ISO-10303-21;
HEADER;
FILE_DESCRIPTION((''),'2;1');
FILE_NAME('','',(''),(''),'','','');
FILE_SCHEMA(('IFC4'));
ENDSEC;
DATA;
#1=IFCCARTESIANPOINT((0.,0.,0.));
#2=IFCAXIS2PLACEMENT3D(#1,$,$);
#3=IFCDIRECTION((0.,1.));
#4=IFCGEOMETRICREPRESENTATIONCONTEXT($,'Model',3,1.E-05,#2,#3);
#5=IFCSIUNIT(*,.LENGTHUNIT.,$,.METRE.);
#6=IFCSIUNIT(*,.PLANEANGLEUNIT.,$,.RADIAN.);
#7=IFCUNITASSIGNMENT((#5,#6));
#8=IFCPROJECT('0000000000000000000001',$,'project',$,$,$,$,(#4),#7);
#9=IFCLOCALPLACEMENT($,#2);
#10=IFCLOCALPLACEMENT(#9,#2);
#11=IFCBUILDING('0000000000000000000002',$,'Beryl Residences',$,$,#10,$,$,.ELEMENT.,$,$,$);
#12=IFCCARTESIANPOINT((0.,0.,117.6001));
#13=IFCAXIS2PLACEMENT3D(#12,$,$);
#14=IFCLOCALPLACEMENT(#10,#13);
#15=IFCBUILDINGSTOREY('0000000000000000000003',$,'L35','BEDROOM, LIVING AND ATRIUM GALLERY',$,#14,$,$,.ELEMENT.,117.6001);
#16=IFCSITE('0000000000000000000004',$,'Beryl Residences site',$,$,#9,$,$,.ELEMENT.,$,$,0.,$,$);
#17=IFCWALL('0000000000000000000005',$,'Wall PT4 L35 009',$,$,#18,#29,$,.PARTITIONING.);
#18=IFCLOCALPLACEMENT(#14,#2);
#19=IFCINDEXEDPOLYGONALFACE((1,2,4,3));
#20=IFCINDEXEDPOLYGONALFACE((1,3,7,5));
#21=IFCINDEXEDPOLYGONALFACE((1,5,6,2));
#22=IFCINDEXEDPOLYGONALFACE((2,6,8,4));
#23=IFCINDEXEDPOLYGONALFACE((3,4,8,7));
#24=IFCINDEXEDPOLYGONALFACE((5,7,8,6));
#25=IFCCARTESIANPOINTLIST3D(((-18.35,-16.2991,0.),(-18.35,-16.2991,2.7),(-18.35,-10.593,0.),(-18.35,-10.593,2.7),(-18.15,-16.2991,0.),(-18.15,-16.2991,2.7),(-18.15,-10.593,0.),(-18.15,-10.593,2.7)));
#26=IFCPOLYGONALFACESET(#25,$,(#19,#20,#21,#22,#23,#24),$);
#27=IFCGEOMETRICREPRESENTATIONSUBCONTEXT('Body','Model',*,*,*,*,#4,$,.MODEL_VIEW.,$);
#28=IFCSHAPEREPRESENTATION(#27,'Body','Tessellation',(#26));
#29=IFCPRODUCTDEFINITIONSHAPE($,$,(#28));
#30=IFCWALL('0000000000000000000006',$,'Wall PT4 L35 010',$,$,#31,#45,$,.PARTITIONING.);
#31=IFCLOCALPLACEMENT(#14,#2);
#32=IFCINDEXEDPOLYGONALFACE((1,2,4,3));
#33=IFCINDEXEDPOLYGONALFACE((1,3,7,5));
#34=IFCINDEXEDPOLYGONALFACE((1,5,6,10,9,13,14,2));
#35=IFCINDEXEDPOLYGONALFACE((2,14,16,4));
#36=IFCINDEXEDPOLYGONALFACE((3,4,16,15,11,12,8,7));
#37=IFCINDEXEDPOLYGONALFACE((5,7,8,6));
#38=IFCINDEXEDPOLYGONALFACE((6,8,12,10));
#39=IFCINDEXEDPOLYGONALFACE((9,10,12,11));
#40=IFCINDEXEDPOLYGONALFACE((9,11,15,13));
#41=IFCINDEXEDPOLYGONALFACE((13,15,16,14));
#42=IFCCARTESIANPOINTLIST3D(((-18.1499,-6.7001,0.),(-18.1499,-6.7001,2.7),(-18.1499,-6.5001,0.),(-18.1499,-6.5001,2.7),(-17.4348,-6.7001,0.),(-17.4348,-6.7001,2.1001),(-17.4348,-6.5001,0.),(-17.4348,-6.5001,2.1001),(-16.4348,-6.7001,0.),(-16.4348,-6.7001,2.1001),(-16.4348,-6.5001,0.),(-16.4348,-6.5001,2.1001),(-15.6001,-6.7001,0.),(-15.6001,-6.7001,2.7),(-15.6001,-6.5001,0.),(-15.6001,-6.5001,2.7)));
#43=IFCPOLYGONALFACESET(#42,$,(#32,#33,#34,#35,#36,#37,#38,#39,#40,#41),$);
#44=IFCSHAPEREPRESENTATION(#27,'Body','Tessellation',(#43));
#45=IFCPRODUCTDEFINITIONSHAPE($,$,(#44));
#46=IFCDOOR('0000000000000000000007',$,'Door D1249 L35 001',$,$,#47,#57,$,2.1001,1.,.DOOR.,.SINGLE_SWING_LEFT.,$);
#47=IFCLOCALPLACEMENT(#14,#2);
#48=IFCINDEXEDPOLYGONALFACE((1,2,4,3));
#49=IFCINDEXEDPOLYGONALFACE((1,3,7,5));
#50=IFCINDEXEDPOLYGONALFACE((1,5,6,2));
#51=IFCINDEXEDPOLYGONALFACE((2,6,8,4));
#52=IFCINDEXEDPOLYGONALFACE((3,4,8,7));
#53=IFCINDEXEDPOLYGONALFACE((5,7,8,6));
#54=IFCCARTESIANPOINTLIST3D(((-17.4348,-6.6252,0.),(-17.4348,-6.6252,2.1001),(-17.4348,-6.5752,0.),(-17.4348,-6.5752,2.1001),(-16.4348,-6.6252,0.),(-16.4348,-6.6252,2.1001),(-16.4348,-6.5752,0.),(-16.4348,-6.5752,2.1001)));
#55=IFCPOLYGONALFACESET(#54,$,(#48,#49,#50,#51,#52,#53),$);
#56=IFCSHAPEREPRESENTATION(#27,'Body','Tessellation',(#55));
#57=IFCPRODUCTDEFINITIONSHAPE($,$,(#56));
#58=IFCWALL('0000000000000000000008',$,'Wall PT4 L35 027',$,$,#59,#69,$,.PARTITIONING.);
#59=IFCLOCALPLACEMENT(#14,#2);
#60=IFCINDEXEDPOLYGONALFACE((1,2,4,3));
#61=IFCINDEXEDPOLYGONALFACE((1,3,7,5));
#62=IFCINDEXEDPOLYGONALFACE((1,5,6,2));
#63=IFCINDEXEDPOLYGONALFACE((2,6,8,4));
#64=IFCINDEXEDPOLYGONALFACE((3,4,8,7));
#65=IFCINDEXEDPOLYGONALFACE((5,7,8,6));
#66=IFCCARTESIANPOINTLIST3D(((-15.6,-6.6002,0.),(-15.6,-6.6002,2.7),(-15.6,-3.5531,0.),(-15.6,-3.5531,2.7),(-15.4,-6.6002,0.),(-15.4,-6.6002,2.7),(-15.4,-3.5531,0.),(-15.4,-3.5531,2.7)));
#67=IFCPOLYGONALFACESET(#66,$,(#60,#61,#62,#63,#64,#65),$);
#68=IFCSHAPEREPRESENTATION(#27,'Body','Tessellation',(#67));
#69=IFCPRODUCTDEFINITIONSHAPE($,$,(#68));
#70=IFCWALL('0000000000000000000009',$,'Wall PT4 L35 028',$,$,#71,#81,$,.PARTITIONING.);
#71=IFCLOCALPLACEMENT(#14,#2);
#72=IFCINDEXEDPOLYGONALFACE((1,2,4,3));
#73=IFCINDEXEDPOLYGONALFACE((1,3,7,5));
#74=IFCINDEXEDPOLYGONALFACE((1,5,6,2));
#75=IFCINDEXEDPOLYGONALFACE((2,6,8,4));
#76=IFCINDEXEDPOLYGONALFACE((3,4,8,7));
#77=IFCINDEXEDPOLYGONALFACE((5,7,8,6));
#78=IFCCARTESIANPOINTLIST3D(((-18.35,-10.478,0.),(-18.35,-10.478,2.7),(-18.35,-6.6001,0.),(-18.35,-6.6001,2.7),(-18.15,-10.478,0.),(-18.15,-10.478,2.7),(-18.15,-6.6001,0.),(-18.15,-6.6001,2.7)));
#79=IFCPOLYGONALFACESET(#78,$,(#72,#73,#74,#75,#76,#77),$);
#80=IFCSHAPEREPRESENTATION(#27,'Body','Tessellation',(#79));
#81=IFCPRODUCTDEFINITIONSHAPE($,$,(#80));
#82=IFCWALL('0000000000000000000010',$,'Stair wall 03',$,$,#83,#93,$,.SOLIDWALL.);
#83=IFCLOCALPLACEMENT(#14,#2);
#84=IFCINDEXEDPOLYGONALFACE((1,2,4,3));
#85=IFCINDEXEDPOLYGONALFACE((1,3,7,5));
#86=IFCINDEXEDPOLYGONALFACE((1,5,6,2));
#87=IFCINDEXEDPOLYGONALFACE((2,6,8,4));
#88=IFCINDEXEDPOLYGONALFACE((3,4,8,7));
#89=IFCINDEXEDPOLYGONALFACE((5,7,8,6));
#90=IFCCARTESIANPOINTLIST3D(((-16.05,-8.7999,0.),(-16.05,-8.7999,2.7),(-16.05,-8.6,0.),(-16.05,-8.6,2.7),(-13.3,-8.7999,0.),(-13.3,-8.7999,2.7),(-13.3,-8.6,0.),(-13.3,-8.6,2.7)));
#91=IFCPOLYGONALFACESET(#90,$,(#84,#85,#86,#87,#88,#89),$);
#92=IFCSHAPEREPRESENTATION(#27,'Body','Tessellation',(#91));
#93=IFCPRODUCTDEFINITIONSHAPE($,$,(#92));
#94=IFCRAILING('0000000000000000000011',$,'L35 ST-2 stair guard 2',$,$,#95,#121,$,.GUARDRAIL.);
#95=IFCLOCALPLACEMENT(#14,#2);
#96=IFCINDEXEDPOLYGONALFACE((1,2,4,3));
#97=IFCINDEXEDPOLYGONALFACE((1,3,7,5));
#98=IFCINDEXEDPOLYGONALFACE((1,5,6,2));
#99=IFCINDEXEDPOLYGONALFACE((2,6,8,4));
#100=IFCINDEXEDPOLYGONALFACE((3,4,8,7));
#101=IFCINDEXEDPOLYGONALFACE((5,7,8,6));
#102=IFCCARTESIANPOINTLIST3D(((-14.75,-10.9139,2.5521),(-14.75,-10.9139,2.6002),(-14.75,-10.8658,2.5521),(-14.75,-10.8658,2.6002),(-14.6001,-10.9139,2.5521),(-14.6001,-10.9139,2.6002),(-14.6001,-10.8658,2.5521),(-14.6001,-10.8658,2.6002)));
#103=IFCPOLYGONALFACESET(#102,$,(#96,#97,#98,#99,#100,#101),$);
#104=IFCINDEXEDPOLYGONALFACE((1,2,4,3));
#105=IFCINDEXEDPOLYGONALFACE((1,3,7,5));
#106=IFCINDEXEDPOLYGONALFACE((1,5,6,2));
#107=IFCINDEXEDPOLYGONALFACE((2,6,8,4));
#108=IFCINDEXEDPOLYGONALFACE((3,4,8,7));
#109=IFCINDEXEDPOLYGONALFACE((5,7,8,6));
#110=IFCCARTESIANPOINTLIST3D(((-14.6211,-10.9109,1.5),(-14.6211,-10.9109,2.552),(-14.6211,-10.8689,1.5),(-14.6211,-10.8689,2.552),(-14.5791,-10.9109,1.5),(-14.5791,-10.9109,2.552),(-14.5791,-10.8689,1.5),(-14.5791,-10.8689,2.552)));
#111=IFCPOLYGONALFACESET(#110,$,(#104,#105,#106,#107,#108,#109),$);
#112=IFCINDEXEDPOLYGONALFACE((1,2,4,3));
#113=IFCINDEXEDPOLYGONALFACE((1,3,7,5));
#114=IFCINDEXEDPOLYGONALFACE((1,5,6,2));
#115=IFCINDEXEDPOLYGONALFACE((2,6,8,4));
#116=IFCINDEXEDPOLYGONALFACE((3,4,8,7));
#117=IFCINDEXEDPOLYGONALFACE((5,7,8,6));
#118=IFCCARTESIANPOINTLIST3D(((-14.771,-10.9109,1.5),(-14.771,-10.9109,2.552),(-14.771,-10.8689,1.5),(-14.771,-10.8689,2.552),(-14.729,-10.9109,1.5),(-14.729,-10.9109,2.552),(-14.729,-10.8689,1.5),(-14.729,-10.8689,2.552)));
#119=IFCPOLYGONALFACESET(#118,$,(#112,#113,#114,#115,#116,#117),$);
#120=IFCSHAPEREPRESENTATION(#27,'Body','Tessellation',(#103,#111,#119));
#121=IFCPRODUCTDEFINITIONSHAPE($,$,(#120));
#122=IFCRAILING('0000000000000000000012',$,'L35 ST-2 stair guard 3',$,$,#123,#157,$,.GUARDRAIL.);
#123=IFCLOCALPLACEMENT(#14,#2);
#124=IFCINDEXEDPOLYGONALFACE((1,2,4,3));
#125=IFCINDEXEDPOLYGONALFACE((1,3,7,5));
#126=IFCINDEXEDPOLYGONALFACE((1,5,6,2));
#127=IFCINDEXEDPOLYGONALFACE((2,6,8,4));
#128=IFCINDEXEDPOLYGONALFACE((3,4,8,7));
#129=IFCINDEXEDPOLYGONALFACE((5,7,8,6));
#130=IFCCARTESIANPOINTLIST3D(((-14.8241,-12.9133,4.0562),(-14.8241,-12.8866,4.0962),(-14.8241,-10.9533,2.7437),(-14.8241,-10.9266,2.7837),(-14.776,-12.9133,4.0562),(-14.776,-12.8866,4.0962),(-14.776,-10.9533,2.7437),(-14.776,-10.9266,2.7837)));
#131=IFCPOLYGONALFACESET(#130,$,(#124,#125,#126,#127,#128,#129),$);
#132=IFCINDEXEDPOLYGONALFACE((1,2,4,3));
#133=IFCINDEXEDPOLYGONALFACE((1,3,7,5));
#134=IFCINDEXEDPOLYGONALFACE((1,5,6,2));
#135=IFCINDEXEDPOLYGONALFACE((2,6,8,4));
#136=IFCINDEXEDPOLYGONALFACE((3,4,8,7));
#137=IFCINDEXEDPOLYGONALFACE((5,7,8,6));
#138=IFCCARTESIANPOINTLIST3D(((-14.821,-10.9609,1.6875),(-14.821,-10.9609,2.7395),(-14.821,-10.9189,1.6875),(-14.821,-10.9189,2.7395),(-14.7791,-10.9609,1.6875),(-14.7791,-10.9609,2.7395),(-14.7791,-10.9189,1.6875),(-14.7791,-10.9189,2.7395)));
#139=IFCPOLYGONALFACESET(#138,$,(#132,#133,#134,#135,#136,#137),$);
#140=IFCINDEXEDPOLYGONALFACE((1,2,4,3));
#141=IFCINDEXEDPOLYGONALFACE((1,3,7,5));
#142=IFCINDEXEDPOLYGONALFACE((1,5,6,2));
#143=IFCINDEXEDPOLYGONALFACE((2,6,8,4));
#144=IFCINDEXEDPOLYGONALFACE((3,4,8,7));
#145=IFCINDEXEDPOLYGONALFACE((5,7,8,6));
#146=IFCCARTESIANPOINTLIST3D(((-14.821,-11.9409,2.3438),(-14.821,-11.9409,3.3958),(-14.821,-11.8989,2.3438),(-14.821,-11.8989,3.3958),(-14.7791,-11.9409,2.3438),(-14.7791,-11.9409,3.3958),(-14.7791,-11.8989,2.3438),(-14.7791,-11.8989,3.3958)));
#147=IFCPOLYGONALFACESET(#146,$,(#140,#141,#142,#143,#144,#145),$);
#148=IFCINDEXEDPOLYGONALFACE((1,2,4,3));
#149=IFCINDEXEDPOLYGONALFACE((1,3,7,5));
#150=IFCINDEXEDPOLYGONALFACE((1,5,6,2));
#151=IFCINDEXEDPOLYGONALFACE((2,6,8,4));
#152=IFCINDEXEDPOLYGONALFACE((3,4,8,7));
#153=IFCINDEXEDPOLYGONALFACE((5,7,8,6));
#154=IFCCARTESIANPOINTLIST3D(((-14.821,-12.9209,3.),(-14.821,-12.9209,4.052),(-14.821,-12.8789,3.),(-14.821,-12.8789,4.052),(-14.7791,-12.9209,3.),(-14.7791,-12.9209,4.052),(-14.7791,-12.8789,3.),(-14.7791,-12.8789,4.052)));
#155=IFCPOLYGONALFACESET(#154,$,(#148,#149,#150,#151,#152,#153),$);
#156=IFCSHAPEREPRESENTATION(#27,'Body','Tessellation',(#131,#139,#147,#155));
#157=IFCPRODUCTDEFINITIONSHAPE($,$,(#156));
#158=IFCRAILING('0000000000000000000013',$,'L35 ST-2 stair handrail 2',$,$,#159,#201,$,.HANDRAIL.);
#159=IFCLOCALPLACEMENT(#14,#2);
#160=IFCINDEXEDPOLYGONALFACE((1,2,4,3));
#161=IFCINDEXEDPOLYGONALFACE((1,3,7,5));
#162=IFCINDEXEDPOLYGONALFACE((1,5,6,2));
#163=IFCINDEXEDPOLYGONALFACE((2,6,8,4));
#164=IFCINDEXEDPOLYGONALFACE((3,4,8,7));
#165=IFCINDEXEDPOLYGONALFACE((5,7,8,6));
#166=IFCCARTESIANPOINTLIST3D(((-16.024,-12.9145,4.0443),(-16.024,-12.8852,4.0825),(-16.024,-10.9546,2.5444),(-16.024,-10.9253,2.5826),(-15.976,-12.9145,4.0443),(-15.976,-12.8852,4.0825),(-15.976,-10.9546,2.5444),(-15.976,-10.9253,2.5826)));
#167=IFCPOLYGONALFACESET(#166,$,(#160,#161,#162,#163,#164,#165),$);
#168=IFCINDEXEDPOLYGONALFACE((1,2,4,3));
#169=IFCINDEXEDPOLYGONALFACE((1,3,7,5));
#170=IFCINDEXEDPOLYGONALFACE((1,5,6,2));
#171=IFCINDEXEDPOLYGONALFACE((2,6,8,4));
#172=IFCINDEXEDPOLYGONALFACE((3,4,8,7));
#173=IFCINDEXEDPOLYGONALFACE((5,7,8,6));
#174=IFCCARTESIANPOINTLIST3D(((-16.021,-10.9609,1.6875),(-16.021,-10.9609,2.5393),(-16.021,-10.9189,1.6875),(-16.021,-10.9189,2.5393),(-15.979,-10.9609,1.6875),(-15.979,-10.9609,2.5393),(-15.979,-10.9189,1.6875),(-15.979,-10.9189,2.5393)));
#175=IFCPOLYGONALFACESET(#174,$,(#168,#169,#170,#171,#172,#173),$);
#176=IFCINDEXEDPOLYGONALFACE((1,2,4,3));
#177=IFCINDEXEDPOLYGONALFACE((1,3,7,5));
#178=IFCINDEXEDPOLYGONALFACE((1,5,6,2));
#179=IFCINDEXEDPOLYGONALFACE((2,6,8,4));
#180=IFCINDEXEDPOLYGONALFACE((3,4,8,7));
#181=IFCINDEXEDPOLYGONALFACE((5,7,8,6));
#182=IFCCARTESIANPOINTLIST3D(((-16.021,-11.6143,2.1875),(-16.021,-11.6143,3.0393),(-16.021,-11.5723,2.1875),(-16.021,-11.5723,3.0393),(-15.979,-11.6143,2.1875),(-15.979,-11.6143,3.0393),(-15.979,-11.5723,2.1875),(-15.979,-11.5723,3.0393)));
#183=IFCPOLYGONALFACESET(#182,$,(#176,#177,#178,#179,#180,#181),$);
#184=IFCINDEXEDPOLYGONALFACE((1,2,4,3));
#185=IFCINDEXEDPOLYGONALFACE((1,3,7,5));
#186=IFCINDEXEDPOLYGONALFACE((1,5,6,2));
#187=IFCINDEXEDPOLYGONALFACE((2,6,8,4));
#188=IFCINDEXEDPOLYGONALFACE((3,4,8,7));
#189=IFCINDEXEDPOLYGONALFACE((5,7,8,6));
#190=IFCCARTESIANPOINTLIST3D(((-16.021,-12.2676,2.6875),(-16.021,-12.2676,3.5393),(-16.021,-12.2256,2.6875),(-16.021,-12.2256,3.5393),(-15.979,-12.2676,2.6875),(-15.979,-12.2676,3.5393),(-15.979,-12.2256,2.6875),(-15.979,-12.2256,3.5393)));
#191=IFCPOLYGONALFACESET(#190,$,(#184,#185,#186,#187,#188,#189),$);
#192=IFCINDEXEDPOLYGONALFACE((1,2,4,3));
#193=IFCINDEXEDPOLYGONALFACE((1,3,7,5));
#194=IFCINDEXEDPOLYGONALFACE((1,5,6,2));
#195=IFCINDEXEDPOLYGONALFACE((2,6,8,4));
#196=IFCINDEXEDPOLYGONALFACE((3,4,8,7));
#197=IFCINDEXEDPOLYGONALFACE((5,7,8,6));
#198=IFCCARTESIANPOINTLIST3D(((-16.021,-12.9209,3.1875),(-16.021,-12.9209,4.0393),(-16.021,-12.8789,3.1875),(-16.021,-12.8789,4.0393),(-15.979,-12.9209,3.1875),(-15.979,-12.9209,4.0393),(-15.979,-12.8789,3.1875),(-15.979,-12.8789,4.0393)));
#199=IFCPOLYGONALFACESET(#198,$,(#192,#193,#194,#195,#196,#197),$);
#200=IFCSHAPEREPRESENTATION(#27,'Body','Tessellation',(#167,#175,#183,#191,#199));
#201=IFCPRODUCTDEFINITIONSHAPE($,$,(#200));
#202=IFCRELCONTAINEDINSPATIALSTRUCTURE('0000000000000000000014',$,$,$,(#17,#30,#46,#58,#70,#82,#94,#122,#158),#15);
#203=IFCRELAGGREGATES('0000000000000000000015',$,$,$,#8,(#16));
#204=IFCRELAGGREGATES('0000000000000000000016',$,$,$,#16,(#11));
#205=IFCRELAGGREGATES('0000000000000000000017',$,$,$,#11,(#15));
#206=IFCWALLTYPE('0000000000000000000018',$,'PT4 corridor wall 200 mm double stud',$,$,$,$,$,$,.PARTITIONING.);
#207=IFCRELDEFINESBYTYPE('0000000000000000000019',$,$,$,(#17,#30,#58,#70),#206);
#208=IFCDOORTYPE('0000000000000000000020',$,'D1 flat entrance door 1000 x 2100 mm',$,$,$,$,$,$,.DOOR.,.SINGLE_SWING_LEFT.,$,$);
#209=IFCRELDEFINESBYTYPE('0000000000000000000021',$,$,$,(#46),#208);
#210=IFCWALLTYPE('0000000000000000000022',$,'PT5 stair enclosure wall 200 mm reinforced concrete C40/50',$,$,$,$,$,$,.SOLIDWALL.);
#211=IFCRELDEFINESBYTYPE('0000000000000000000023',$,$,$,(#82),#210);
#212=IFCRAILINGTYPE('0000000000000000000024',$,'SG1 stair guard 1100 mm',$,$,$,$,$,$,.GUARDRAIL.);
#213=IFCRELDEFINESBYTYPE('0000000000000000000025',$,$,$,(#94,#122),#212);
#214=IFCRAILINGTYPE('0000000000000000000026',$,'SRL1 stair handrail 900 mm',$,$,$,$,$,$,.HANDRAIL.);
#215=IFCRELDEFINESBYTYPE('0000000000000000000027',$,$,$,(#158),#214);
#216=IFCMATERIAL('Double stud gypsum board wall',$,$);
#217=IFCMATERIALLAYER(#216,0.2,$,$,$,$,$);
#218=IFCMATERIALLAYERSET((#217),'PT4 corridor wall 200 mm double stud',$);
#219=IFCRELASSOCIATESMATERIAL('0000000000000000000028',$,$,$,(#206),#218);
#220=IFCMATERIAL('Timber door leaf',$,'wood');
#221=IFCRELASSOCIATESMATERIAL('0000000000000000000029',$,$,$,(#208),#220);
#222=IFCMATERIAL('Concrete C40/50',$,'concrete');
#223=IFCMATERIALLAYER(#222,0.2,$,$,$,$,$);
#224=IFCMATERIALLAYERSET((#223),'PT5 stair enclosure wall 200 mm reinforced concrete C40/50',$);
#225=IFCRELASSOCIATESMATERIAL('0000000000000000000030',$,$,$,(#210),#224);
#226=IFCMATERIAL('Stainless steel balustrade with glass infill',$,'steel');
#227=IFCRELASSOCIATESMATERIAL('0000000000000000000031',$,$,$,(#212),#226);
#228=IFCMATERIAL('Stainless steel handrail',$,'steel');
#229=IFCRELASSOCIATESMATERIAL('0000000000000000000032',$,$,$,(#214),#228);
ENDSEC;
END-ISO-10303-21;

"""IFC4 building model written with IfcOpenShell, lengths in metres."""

from ifc_helpers import new_model, si_unit, direction, frame, frame_2d, origin, origin_2d, place, context, subcontext, project, spatial, rectangle, extrude, material, layer, layer_set, type_object, element, fill, save


model = new_model("IFC4")

# Units and contexts
model_context = context("Model", 3, precision=1e-05, world=origin(), true_north=direction((0.0, 1.0)))
body_context = subcontext(model_context, "Body", "Model", "MODEL_VIEW")
ifc_project = project(units=[si_unit("LENGTHUNIT", "METRE"), si_unit("PLANEANGLEUNIT", "RADIAN")], contexts=[model_context])

# Site, building, storey
site_placement = place(None, origin())
site = spatial("IfcSite", under=ifc_project, at=site_placement, Name="Beryl Residences site", CompositionType="ELEMENT", RefElevation=0.0)
building_placement = place(site_placement, origin())
building = spatial("IfcBuilding", under=site, at=building_placement, Name="Beryl Residences", CompositionType="ELEMENT")
storey_placement = place(building_placement, frame((0.0, 0.0, 117.6001)))
storey = spatial("IfcBuildingStorey", under=building, at=storey_placement, Name="L35", Description="BEDROOM, LIVING AND ATRIUM GALLERY", CompositionType="ELEMENT", Elevation=117.6001)

# Wall
ifc_material_1 = material(Name="Double stud gypsum board wall")
ifc_layer_1 = layer(ifc_material_1, 0.2)
ifc_layer_set_1 = layer_set([ifc_layer_1], Name="PT4 corridor wall 200 mm double stud")
wall_type_1 = type_object("IfcWallType", Name="PT4 corridor wall 200 mm double stud", PredefinedType="PARTITIONING", material=ifc_layer_set_1)
wall_1_placement = place(storey_placement, frame((-18.25, -10.593, 0.0), z_axis=(0.0, 0.0, 1.0), x_axis=(0.0, -1.0, 0.0)))
element("IfcWall", 1, at=wall_1_placement, inside=storey, type_object=wall_type_1, Name="Wall PT4 L35 009", PredefinedType="PARTITIONING", context=body_context, shape_type="SweptSolid", body=[
    extrude(rectangle(XDim=5.7061, YDim=0.2, at=frame_2d((2.853, 0.0))), origin(), (0.0, 0.0, 1.0), 2.7),
])

# Wall, opening, door
wall_2_placement = place(storey_placement, frame((-18.1499, -6.6001, 0.0), z_axis=(0.0, 0.0, 1.0), x_axis=(1.0, 0.0, 0.0)))
wall_2 = element("IfcWall", 2, at=wall_2_placement, inside=storey, type_object=wall_type_1, Name="Wall PT4 L35 010", PredefinedType="PARTITIONING", context=body_context, shape_type="SweptSolid", body=[
    extrude(rectangle(XDim=2.5498, YDim=0.2, at=frame_2d((1.2749, 0.0))), origin(), (0.0, 0.0, 1.0), 2.7),
])
opening_1_placement = place(wall_2_placement, frame((0.7151, 0.0, 0.0)))
opening_1 = element("IfcOpeningElement", 3, at=opening_1_placement, cuts=wall_2, PredefinedType="OPENING", context=body_context, shape_type="SweptSolid", body=[
    extrude(rectangle(XDim=1.0, YDim=2.1001, at=frame_2d((0.5, 1.05))), frame((0.0, 0.1099, 0.0), z_axis=(0.0, -1.0, 0.0), x_axis=(1.0, 0.0, 0.0)), (0.0, 0.0, 1.0), 0.22),
])
ifc_material_2 = material(Name="Timber door leaf", Category="wood")
door_type_1 = type_object("IfcDoorType", Name="D1 flat entrance door 1000 x 2100 mm", OperationType="SINGLE_SWING_LEFT", PredefinedType="DOOR", material=ifc_material_2)
door_1_placement = place(opening_1_placement, origin())
door_1 = element("IfcDoor", 4, at=door_1_placement, inside=storey, type_object=door_type_1, Name="Door D1249 L35 001", OperationType="SINGLE_SWING_LEFT", OverallHeight=2.1001, OverallWidth=1.0, PredefinedType="DOOR", context=body_context, shape_type="SweptSolid", body=[
    extrude(rectangle(XDim=1.0, YDim=2.1001, at=frame_2d((0.5, 1.05))), frame((0.0, 0.0249, 0.0), z_axis=(0.0, -1.0, 0.0), x_axis=(1.0, 0.0, 0.0)), (0.0, 0.0, 1.0), 0.05),
])
fill(opening_1, door_1)

# Walls
wall_3_placement = place(storey_placement, frame((-15.5, -6.6001, 0.0), z_axis=(0.0, 0.0, 1.0), x_axis=(0.0, 1.0, 0.0)))
element("IfcWall", 5, at=wall_3_placement, inside=storey, type_object=wall_type_1, Name="Wall PT4 L35 027", PredefinedType="PARTITIONING", context=body_context, shape_type="SweptSolid", body=[
    extrude(rectangle(XDim=3.0471, YDim=0.2, at=frame_2d((1.5234, 0.0))), origin(), (0.0, 0.0, 1.0), 2.7),
])
wall_4_placement = place(storey_placement, frame((-18.25, -10.478, 0.0), z_axis=(0.0, 0.0, 1.0), x_axis=(0.0, 1.0, 0.0)))
element("IfcWall", 6, at=wall_4_placement, inside=storey, type_object=wall_type_1, Name="Wall PT4 L35 028", PredefinedType="PARTITIONING", context=body_context, shape_type="SweptSolid", body=[
    extrude(rectangle(XDim=3.8779, YDim=0.2, at=frame_2d((1.939, 0.0))), origin(), (0.0, 0.0, 1.0), 2.7),
])
ifc_material_3 = material(Name="Concrete C40/50", Category="concrete")
ifc_layer_2 = layer(ifc_material_3, 0.2)
ifc_layer_set_2 = layer_set([ifc_layer_2], Name="PT5 stair enclosure wall 200 mm reinforced concrete C40/50")
wall_type_2 = type_object("IfcWallType", Name="PT5 stair enclosure wall 200 mm reinforced concrete C40/50", PredefinedType="SOLIDWALL", material=ifc_layer_set_2)
wall_5_placement = place(storey_placement, frame((-16.05, -8.7, 0.0), z_axis=(0.0, 0.0, 1.0), x_axis=(1.0, 0.0, 0.0)))
element("IfcWall", 7, at=wall_5_placement, inside=storey, type_object=wall_type_2, Name="Stair wall 03", PredefinedType="SOLIDWALL", context=body_context, shape_type="SweptSolid", body=[
    extrude(rectangle(XDim=2.75, YDim=0.2, at=frame_2d((1.375, 0.0))), origin(), (0.0, 0.0, 1.0), 2.7),
])

# Railings
ifc_material_4 = material(Name="Stainless steel balustrade with glass infill", Category="steel")
railing_type_1 = type_object("IfcRailingType", Name="SG1 stair guard 1100 mm", PredefinedType="GUARDRAIL", material=ifc_material_4)
railing_1_placement = place(storey_placement, frame((-14.6001, -10.8899, 1.5)))
element("IfcRailing", 8, at=railing_1_placement, inside=storey, type_object=railing_type_1, Name="L35 ST-2 stair guard 2", PredefinedType="GUARDRAIL", context=body_context, shape_type="SweptSolid", body=[
    extrude(rectangle(XDim=0.0481, YDim=0.0481, at=origin_2d()), frame((0.0, 0.0, 1.0762), z_axis=(-1.0, 0.0, 0.0), x_axis=(0.0, -1.0, 0.0)), (0.0, 0.0, 1.0), 0.1499),
    extrude(rectangle(XDim=0.042, YDim=0.042, at=origin_2d()), origin(), (0.0, 0.0, 1.0), 1.052),
    extrude(rectangle(XDim=0.042, YDim=0.042, at=origin_2d()), frame((-0.1499, 0.0, 0.0)), (0.0, 0.0, 1.0), 1.052),
])
railing_2_placement = place(storey_placement, frame((-14.8, -10.9399, 1.6875)))
element("IfcRailing", 9, at=railing_2_placement, inside=storey, type_object=railing_type_1, Name="L35 ST-2 stair guard 3", PredefinedType="GUARDRAIL", context=body_context, shape_type="SweptSolid", body=[
    extrude(rectangle(XDim=0.0481, YDim=0.0481, at=origin_2d()), frame((0.0, 0.0, 1.0762), z_axis=(0.0, -0.830902, 0.556419), x_axis=(1.0, 0.0, 0.0)), (0.0, 0.0, 1.0), 2.3589),
    extrude(rectangle(XDim=0.042, YDim=0.042, at=origin_2d()), origin(), (0.0, 0.0, 1.0), 1.052),
    extrude(rectangle(XDim=0.042, YDim=0.042, at=origin_2d()), frame((0.0, -0.98, 0.6562)), (0.0, 0.0, 1.0), 1.052),
    extrude(rectangle(XDim=0.042, YDim=0.042, at=origin_2d()), frame((0.0, -1.96, 1.3125)), (0.0, 0.0, 1.0), 1.052),
])
ifc_material_5 = material(Name="Stainless steel handrail", Category="steel")
railing_type_2 = type_object("IfcRailingType", Name="SRL1 stair handrail 900 mm", PredefinedType="HANDRAIL", material=ifc_material_5)
railing_3_placement = place(storey_placement, frame((-16.0, -10.9399, 1.6875)))
element("IfcRailing", 10, at=railing_3_placement, inside=storey, type_object=railing_type_2, Name="L35 ST-2 stair handrail 2", PredefinedType="HANDRAIL", context=body_context, shape_type="SweptSolid", body=[
    extrude(rectangle(XDim=0.0481, YDim=0.0481, at=origin_2d()), frame((0.0, 0.0, 0.876), z_axis=(0.0, -0.794122, 0.607758), x_axis=(1.0, 0.0, 0.0)), (0.0, 0.0, 1.0), 2.468),
    extrude(rectangle(XDim=0.042, YDim=0.042, at=origin_2d()), origin(), (0.0, 0.0, 1.0), 0.8518),
    extrude(rectangle(XDim=0.042, YDim=0.042, at=origin_2d()), frame((0.0, -0.6533, 0.5)), (0.0, 0.0, 1.0), 0.8518),
    extrude(rectangle(XDim=0.042, YDim=0.042, at=origin_2d()), frame((0.0, -1.3066, 1.0)), (0.0, 0.0, 1.0), 0.8518),
    extrude(rectangle(XDim=0.042, YDim=0.042, at=origin_2d()), frame((0.0, -1.96, 1.5)), (0.0, 0.0, 1.0), 0.8518),
])

save(model, "model.ifc")
